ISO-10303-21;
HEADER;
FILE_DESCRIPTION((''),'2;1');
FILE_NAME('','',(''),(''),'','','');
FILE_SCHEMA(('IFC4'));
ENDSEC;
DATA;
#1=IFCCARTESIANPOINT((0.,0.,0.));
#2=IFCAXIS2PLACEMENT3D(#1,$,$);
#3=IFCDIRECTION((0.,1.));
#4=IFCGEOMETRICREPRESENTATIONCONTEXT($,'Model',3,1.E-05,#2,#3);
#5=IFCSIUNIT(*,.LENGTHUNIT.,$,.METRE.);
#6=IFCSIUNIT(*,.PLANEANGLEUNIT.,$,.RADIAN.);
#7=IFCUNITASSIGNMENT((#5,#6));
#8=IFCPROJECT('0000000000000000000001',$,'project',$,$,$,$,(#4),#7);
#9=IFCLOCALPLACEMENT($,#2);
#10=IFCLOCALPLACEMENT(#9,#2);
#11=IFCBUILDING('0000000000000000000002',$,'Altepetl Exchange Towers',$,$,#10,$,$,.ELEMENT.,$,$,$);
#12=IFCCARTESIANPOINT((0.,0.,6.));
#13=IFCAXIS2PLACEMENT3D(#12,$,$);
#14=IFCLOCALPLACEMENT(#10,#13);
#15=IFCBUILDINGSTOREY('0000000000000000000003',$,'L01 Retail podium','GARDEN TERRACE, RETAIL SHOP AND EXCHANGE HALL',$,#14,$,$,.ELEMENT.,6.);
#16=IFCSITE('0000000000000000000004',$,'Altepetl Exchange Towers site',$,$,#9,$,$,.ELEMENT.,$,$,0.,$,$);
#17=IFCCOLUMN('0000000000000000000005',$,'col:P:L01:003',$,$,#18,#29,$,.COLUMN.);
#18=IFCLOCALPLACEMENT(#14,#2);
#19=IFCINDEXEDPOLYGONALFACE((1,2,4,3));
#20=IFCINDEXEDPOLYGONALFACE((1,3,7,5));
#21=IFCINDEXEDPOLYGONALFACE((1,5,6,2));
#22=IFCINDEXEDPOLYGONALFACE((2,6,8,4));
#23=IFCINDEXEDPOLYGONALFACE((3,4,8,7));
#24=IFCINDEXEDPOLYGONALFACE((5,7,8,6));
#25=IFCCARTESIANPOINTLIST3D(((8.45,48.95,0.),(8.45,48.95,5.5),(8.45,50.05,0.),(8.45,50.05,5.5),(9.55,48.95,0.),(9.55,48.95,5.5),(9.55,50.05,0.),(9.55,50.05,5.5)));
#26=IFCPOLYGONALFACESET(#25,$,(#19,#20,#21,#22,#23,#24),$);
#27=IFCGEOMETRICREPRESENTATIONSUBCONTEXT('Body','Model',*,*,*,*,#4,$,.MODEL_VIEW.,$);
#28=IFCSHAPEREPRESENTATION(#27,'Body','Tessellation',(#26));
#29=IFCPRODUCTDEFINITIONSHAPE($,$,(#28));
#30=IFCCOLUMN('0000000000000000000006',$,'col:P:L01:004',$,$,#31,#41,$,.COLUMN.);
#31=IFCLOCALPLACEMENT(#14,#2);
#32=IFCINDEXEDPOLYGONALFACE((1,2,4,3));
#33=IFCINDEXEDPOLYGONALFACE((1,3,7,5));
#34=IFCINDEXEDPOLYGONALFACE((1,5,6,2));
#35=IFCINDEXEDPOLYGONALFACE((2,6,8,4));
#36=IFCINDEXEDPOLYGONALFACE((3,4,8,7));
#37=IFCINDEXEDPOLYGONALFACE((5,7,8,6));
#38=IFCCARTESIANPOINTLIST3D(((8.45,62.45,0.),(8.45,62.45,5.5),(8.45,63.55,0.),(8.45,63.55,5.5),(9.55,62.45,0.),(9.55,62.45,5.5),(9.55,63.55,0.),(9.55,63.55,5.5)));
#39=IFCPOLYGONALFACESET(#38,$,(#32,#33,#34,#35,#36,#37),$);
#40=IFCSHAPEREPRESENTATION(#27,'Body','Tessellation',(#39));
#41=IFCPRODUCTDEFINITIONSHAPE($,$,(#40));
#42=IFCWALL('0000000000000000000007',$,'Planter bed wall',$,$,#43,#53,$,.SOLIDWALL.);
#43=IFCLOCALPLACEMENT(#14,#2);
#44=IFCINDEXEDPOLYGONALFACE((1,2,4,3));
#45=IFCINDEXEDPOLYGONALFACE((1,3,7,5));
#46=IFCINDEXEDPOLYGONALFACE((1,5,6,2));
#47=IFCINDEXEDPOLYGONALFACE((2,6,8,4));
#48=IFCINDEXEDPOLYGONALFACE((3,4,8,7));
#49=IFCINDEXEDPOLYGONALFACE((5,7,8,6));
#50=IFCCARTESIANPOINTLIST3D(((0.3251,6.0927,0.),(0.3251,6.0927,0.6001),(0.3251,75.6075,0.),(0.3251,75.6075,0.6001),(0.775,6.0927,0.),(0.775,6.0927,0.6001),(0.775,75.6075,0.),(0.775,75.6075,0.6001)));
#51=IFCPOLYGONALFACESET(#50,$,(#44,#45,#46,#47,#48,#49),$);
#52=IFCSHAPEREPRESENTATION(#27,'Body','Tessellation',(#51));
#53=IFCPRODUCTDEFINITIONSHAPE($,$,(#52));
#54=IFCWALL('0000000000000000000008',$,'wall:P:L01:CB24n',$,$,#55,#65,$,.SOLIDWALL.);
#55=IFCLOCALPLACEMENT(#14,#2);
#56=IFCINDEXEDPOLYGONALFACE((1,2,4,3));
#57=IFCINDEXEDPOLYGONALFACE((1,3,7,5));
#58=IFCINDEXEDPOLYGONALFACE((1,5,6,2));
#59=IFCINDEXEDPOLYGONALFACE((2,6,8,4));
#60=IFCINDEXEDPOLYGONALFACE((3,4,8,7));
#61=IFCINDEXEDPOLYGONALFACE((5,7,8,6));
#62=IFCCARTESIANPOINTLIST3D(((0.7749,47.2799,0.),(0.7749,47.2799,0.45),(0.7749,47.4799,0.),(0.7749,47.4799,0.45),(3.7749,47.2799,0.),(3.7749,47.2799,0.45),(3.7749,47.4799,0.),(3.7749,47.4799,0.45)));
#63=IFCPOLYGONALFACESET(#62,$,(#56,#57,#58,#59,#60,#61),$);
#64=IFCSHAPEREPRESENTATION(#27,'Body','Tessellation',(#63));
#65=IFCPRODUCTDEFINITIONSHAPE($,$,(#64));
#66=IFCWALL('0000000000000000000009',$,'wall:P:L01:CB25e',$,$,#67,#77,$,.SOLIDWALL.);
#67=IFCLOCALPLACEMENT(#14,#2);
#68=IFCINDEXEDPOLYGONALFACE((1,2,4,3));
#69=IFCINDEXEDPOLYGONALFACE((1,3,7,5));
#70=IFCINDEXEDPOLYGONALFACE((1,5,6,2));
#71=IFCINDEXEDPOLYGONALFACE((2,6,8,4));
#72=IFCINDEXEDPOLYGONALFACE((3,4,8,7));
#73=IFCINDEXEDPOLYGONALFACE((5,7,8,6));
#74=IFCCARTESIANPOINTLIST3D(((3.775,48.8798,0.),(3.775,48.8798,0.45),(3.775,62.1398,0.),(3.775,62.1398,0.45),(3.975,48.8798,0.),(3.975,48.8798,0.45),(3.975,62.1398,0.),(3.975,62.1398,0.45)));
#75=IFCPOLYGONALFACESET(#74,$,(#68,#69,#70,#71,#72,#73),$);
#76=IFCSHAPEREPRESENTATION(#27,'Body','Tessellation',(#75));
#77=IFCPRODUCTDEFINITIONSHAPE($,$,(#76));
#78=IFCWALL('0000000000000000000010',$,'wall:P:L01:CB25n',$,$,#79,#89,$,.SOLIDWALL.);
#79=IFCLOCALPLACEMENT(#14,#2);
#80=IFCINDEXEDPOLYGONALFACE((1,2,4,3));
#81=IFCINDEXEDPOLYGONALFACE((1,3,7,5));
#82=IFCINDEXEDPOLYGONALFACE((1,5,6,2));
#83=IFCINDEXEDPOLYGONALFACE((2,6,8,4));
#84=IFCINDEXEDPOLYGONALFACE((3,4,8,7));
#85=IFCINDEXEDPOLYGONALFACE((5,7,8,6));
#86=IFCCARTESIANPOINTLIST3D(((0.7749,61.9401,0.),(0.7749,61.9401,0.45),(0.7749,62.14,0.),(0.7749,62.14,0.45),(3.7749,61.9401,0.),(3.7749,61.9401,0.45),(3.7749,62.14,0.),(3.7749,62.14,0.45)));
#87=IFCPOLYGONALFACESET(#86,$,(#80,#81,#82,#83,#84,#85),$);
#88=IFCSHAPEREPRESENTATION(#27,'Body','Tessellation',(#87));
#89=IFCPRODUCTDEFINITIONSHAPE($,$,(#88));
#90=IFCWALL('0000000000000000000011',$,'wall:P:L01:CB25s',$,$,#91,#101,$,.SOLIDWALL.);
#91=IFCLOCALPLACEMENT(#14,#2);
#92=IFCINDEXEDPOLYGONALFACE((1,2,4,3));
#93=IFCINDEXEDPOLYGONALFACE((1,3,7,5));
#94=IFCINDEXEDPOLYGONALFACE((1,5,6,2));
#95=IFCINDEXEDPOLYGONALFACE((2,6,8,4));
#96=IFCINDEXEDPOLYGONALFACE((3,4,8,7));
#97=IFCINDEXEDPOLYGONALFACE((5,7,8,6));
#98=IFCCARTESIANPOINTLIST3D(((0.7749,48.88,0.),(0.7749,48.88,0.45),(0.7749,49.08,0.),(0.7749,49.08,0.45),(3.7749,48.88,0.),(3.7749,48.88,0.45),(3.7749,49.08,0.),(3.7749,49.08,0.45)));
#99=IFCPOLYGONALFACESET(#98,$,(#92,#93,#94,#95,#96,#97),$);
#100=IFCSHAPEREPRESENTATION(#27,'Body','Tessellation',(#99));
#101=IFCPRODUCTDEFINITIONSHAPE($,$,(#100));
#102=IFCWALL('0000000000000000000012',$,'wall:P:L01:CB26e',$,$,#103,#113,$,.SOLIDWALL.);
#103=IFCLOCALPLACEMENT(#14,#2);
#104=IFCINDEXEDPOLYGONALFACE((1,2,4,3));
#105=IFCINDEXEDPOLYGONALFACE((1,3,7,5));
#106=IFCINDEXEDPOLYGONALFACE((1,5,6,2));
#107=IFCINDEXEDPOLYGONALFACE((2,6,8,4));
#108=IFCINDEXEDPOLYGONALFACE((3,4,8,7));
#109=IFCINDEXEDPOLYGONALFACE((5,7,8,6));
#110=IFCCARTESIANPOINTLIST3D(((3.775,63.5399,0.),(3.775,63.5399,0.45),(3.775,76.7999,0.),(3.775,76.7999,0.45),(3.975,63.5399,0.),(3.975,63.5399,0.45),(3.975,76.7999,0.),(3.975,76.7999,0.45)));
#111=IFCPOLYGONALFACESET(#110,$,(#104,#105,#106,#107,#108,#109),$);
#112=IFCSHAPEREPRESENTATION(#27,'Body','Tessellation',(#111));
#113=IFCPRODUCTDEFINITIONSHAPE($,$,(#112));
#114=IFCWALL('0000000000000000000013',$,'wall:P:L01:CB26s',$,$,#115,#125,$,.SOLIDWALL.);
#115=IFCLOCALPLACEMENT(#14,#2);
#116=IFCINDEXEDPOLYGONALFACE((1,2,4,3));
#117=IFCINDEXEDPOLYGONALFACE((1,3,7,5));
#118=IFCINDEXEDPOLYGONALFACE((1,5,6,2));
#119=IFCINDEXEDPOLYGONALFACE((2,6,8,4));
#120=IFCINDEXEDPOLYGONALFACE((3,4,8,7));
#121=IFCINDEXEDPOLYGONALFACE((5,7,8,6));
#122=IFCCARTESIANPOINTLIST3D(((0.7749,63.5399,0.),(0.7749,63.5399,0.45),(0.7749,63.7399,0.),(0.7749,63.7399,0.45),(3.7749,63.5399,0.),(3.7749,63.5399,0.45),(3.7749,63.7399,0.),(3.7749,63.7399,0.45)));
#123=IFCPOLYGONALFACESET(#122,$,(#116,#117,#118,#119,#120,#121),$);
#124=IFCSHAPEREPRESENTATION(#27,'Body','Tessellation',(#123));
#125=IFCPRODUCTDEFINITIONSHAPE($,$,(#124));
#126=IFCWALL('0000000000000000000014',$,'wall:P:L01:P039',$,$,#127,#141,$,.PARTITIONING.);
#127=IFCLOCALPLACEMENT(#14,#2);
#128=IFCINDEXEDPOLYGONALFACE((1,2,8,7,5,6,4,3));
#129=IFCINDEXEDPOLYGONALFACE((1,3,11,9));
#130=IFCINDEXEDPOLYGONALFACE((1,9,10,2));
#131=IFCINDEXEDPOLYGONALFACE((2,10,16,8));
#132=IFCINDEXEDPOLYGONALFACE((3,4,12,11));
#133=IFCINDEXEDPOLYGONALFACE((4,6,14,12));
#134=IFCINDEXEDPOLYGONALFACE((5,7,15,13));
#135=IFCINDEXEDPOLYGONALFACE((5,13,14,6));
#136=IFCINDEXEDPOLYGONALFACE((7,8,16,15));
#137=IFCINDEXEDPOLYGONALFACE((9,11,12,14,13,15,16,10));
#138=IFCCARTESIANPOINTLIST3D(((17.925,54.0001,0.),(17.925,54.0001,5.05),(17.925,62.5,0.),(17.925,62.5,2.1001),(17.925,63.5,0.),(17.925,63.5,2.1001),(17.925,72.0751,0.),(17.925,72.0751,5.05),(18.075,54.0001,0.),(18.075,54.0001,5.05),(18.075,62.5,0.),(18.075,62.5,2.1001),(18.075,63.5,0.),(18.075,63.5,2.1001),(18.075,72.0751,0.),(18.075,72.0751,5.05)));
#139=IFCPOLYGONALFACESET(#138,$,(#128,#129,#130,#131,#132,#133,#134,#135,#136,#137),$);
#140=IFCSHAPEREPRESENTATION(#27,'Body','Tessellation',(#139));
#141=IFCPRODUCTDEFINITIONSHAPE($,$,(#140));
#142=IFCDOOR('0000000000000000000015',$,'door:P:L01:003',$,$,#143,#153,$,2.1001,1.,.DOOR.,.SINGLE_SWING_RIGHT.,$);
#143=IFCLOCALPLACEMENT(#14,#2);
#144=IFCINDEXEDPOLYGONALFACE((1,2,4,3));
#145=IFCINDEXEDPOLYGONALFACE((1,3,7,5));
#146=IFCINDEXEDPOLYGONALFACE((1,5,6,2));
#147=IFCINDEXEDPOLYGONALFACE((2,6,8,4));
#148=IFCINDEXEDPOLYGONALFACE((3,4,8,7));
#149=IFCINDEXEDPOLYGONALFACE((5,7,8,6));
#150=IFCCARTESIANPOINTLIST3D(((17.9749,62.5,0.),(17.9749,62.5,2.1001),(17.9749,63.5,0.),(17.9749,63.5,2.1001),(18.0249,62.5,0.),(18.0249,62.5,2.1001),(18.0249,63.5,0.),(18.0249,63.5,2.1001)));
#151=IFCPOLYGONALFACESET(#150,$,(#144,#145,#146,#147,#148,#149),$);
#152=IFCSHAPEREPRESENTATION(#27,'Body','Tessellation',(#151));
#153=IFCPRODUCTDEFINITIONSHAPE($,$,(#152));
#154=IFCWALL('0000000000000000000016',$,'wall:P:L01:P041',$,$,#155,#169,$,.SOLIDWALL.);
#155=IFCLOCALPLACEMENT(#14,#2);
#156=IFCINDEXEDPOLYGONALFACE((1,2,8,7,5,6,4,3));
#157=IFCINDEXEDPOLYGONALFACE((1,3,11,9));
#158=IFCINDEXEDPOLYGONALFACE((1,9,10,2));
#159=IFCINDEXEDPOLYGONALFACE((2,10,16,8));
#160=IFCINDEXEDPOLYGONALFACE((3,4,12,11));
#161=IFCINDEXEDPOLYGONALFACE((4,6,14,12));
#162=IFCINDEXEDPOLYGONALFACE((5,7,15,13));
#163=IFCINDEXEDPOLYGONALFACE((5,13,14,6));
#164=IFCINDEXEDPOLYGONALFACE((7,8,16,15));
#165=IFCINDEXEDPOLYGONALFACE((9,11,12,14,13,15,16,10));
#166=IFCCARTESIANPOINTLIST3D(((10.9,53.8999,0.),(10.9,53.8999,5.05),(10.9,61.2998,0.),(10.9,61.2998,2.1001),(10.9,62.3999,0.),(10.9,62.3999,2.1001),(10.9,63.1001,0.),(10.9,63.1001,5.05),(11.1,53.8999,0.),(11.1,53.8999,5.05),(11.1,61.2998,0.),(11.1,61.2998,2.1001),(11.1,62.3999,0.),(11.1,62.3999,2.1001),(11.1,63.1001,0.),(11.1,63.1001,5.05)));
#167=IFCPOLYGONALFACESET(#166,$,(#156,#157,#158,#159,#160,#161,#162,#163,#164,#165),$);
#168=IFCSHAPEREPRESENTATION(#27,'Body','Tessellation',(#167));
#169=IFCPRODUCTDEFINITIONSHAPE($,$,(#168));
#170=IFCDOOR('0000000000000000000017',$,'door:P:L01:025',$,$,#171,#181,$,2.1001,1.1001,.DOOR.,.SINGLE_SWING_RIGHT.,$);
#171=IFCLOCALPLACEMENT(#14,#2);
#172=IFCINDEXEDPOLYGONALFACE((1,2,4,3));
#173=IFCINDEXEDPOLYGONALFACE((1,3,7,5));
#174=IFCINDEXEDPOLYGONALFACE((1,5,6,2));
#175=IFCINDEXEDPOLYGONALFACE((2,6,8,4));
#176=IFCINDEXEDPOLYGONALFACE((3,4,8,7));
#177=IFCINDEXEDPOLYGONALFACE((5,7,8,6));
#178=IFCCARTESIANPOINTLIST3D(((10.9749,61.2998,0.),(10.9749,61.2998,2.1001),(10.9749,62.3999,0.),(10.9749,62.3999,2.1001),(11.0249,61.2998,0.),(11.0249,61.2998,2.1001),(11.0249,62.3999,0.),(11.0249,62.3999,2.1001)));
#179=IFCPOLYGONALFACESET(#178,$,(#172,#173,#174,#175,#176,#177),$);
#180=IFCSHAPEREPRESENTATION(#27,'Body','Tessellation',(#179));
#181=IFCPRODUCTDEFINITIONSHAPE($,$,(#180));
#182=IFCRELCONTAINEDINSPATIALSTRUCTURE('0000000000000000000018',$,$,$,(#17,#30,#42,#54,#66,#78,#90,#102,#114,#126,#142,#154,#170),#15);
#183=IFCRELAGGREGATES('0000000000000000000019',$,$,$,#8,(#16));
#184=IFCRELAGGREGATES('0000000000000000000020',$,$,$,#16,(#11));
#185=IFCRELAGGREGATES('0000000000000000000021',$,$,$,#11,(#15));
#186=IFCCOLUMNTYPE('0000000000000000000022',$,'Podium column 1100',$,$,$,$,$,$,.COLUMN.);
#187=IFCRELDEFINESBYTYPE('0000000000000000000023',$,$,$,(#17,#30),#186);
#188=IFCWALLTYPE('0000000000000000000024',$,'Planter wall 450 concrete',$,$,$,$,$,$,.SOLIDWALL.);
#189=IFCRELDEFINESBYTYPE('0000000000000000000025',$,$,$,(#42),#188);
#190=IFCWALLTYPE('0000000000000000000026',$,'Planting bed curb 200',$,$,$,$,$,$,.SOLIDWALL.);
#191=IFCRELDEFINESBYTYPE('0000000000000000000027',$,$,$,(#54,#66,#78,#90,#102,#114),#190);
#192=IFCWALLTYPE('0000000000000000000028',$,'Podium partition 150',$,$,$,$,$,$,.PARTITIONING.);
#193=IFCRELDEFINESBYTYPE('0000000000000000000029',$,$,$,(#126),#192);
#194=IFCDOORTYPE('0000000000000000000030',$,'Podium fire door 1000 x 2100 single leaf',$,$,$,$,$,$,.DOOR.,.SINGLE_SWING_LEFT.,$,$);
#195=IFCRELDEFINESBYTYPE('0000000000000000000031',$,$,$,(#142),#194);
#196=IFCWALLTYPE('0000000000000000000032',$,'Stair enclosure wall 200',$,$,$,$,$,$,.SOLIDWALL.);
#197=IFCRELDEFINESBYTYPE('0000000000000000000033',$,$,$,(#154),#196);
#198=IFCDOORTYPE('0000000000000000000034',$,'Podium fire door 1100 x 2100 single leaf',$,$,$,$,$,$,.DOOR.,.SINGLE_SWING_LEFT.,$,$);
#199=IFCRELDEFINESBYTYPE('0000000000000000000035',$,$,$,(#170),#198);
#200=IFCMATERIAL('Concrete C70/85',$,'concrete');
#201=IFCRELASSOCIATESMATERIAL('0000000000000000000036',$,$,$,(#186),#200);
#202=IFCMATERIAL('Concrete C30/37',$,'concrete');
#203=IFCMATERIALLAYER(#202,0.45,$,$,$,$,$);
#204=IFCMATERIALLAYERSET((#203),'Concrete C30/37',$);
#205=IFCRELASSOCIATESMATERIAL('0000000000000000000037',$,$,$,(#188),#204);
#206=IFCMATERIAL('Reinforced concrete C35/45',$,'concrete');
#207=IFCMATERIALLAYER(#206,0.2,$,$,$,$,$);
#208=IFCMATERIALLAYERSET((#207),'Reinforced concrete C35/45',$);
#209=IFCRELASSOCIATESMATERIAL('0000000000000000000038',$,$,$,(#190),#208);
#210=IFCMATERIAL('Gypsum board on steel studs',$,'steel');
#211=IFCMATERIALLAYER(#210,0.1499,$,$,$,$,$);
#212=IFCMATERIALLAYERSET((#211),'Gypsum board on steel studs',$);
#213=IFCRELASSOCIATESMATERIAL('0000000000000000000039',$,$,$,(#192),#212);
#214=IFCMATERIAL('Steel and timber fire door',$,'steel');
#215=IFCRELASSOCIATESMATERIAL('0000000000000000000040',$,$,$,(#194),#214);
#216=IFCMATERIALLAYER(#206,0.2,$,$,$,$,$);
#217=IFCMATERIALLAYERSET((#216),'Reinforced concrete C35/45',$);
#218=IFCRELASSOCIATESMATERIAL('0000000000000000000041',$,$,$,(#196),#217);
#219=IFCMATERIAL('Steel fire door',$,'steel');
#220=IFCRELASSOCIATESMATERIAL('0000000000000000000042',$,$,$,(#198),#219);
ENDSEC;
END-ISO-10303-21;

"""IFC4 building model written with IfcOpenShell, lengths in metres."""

from ifc_helpers import new_model, si_unit, direction, frame, frame_2d, origin, origin_2d, place, context, subcontext, project, spatial, rectangle, extrude, material, layer, layer_set, material_profile, profile_set, type_object, element, fill, save


model = new_model("IFC4")

# Units and contexts
model_context = context("Model", 3, precision=1e-05, world=origin(), true_north=direction((0.0, 1.0)))
body_context = subcontext(model_context, "Body", "Model", "MODEL_VIEW")
ifc_project = project(units=[si_unit("LENGTHUNIT", "METRE"), si_unit("PLANEANGLEUNIT", "RADIAN")], contexts=[model_context])

# Site, building, storey
site_placement = place(None, origin())
site = spatial("IfcSite", under=ifc_project, at=site_placement, Name="Altepetl Exchange Towers site", CompositionType="ELEMENT", RefElevation=0.0)
building_placement = place(site_placement, origin())
building = spatial("IfcBuilding", under=site, at=building_placement, Name="Altepetl Exchange Towers", CompositionType="ELEMENT")
storey_placement = place(building_placement, frame((0.0, 0.0, 6.0)))
storey = spatial("IfcBuildingStorey", under=building, at=storey_placement, Name="L01 Retail podium", Description="GARDEN TERRACE, RETAIL SHOP AND EXCHANGE HALL", CompositionType="ELEMENT", Elevation=6.0)

# Columns
ifc_material_1 = material(Name="Concrete C70/85", Category="concrete")
ifc_material_profile = material_profile(ifc_material_1, rectangle(XDim=1.1001, YDim=1.1001, at=origin_2d()), Name="1100 x 1100")
ifc_profile_set = profile_set([ifc_material_profile], Name="Concrete C70/85")
column_type = type_object("IfcColumnType", Name="Podium column 1100", PredefinedType="COLUMN", material=ifc_profile_set)
for number, where, name in (
    (1, (9.0, 49.5, 0.0), "col:P:L01:003"),
    (2, (9.0, 63.0, 0.0), "col:P:L01:004"),
):
    element("IfcColumn", number, at=place(storey_placement, frame(where)), inside=storey, type_object=column_type, Name=name, PredefinedType="COLUMN", context=body_context, shape_type="SweptSolid", body=[
        extrude(rectangle(XDim=1.1001, YDim=1.1001, at=origin_2d()), origin(), (0.0, 0.0, 1.0), 5.5),
    ])

# Walls
ifc_material_2 = material(Name="Concrete C30/37", Category="concrete")
ifc_layer_1 = layer(ifc_material_2, 0.45)
ifc_layer_set_1 = layer_set([ifc_layer_1], Name="Concrete C30/37")
wall_type_1 = type_object("IfcWallType", Name="Planter wall 450 concrete", PredefinedType="SOLIDWALL", material=ifc_layer_set_1)
wall_1_placement = place(storey_placement, frame((0.55, 75.6074, 0.0), z_axis=(0.0, 0.0, 1.0), x_axis=(0.0, -1.0, 0.0)))
element("IfcWall", 3, at=wall_1_placement, inside=storey, type_object=wall_type_1, Name="Planter bed wall", PredefinedType="SOLIDWALL", context=body_context, shape_type="SweptSolid", body=[
    extrude(rectangle(XDim=69.5149, YDim=0.45, at=frame_2d((34.7573, 0.0))), origin(), (0.0, 0.0, 1.0), 0.6001),
])
ifc_material_3 = material(Name="Reinforced concrete C35/45", Category="concrete")
ifc_layer_2 = layer(ifc_material_3, 0.2)
ifc_layer_set_2 = layer_set([ifc_layer_2], Name="Reinforced concrete C35/45")
wall_type_2 = type_object("IfcWallType", Name="Planting bed curb 200", PredefinedType="SOLIDWALL", material=ifc_layer_set_2)
wall_2_placement = place(storey_placement, frame((0.7749, 47.3799, 0.0)))
element("IfcWall", 4, at=wall_2_placement, inside=storey, type_object=wall_type_2, Name="wall:P:L01:CB24n", PredefinedType="SOLIDWALL", context=body_context, shape_type="SweptSolid", body=[
    extrude(rectangle(XDim=3.0, YDim=0.2, at=frame_2d((1.5, 0.0))), origin(), (0.0, 0.0, 1.0), 0.45),
])
wall_3_placement = place(storey_placement, frame((3.875, 48.8799, 0.0), z_axis=(0.0, 0.0, 1.0), x_axis=(0.0, 1.0, 0.0)))
element("IfcWall", 5, at=wall_3_placement, inside=storey, type_object=wall_type_2, Name="wall:P:L01:CB25e", PredefinedType="SOLIDWALL", context=body_context, shape_type="SweptSolid", body=[
    extrude(rectangle(XDim=13.26, YDim=0.2, at=frame_2d((6.6299, 0.0))), origin(), (0.0, 0.0, 1.0), 0.45),
])
for number, where, name in (
    (6, (0.7749, 62.04, 0.0), "wall:P:L01:CB25n"),
    (7, (0.7749, 48.98, 0.0), "wall:P:L01:CB25s"),
):
    element("IfcWall", number, at=place(storey_placement, frame(where)), inside=storey, type_object=wall_type_2, Name=name, PredefinedType="SOLIDWALL", context=body_context, shape_type="SweptSolid", body=[
        extrude(rectangle(XDim=3.0, YDim=0.2, at=frame_2d((1.5, 0.0))), origin(), (0.0, 0.0, 1.0), 0.45),
    ])
wall_4_placement = place(storey_placement, frame((3.875, 63.54, 0.0), z_axis=(0.0, 0.0, 1.0), x_axis=(0.0, 1.0, 0.0)))
element("IfcWall", 8, at=wall_4_placement, inside=storey, type_object=wall_type_2, Name="wall:P:L01:CB26e", PredefinedType="SOLIDWALL", context=body_context, shape_type="SweptSolid", body=[
    extrude(rectangle(XDim=13.26, YDim=0.2, at=frame_2d((6.6299, 0.0))), origin(), (0.0, 0.0, 1.0), 0.45),
])
wall_5_placement = place(storey_placement, frame((0.7749, 63.6399, 0.0)))
element("IfcWall", 9, at=wall_5_placement, inside=storey, type_object=wall_type_2, Name="wall:P:L01:CB26s", PredefinedType="SOLIDWALL", context=body_context, shape_type="SweptSolid", body=[
    extrude(rectangle(XDim=3.0, YDim=0.2, at=frame_2d((1.5, 0.0))), origin(), (0.0, 0.0, 1.0), 0.45),
])

# Walls, openings, doors
ifc_material_4 = material(Name="Gypsum board on steel studs", Category="steel")
ifc_layer_3 = layer(ifc_material_4, 0.1499)
ifc_layer_set_3 = layer_set([ifc_layer_3], Name="Gypsum board on steel studs")
wall_type_3 = type_object("IfcWallType", Name="Podium partition 150", PredefinedType="PARTITIONING", material=ifc_layer_set_3)
wall_6_placement = place(storey_placement, frame((18.0, 54.0, 0.0), z_axis=(0.0, 0.0, 1.0), x_axis=(0.0, 1.0, 0.0)))
wall_6 = element("IfcWall", 10, at=wall_6_placement, inside=storey, type_object=wall_type_3, Name="wall:P:L01:P039", PredefinedType="PARTITIONING", context=body_context, shape_type="SweptSolid", body=[
    extrude(rectangle(XDim=18.075, YDim=0.1499, at=frame_2d((9.0376, 0.0))), origin(), (0.0, 0.0, 1.0), 5.05),
])
opening_1_placement = place(wall_6_placement, frame((8.5, 0.0, 0.0)))
opening_1 = element("IfcOpeningElement", 11, at=opening_1_placement, cuts=wall_6, PredefinedType="OPENING", context=body_context, shape_type="SweptSolid", body=[
    extrude(rectangle(XDim=1.0, YDim=2.1001, at=frame_2d((0.5, 1.05))), frame((0.0, 0.085, 0.0), z_axis=(0.0, -1.0, 0.0), x_axis=(1.0, 0.0, 0.0)), (0.0, 0.0, 1.0), 0.1699),
])
ifc_material_5 = material(Name="Steel and timber fire door", Category="steel")
door_type_1 = type_object("IfcDoorType", Name="Podium fire door 1000 x 2100 single leaf", OperationType="SINGLE_SWING_LEFT", PredefinedType="DOOR", material=ifc_material_5)
door_1_placement = place(opening_1_placement, frame((1.0, 0.0, 0.0), x_axis=(-1.0, 0.0, 0.0)))
door_1 = element("IfcDoor", 12, at=door_1_placement, inside=storey, type_object=door_type_1, Name="door:P:L01:003", OperationType="SINGLE_SWING_RIGHT", OverallHeight=2.1001, OverallWidth=1.0, PredefinedType="DOOR", context=body_context, shape_type="SweptSolid", body=[
    extrude(rectangle(XDim=1.0, YDim=2.1001, at=frame_2d((0.5, 1.05))), frame((0.0, 0.0249, 0.0), z_axis=(0.0, -1.0, 0.0), x_axis=(1.0, 0.0, 0.0)), (0.0, 0.0, 1.0), 0.05),
])
fill(opening_1, door_1)
ifc_layer_4 = layer(ifc_material_3, 0.2)
ifc_layer_set_4 = layer_set([ifc_layer_4], Name="Reinforced concrete C35/45")
wall_type_4 = type_object("IfcWallType", Name="Stair enclosure wall 200", PredefinedType="SOLIDWALL", material=ifc_layer_set_4)
wall_7_placement = place(storey_placement, frame((11.0, 53.8999, 0.0), z_axis=(0.0, 0.0, 1.0), x_axis=(0.0, 1.0, 0.0)))
wall_7 = element("IfcWall", 13, at=wall_7_placement, inside=storey, type_object=wall_type_4, Name="wall:P:L01:P041", PredefinedType="SOLIDWALL", context=body_context, shape_type="SweptSolid", body=[
    extrude(rectangle(XDim=9.2002, YDim=0.2, at=frame_2d((4.6001, 0.0))), origin(), (0.0, 0.0, 1.0), 5.05),
])
opening_2_placement = place(wall_7_placement, frame((7.3999, 0.0, 0.0)))
opening_2 = element("IfcOpeningElement", 14, at=opening_2_placement, cuts=wall_7, PredefinedType="OPENING", context=body_context, shape_type="SweptSolid", body=[
    extrude(rectangle(XDim=1.1001, YDim=2.1001, at=frame_2d((0.55, 1.05))), frame((0.0, 0.1099, 0.0), z_axis=(0.0, -1.0, 0.0), x_axis=(1.0, 0.0, 0.0)), (0.0, 0.0, 1.0), 0.22),
])
ifc_material_6 = material(Name="Steel fire door", Category="steel")
door_type_2 = type_object("IfcDoorType", Name="Podium fire door 1100 x 2100 single leaf", OperationType="SINGLE_SWING_LEFT", PredefinedType="DOOR", material=ifc_material_6)
door_2_placement = place(opening_2_placement, frame((1.1001, 0.0, 0.0), x_axis=(-1.0, 0.0, 0.0)))
door_2 = element("IfcDoor", 15, at=door_2_placement, inside=storey, type_object=door_type_2, Name="door:P:L01:025", OperationType="SINGLE_SWING_RIGHT", OverallHeight=2.1001, OverallWidth=1.1001, PredefinedType="DOOR", context=body_context, shape_type="SweptSolid", body=[
    extrude(rectangle(XDim=1.1001, YDim=2.1001, at=frame_2d((0.55, 1.05))), frame((0.0, 0.0249, 0.0), z_axis=(0.0, -1.0, 0.0), x_axis=(1.0, 0.0, 0.0)), (0.0, 0.0, 1.0), 0.05),
])
fill(opening_2, door_2)

save(model, "model.ifc")
